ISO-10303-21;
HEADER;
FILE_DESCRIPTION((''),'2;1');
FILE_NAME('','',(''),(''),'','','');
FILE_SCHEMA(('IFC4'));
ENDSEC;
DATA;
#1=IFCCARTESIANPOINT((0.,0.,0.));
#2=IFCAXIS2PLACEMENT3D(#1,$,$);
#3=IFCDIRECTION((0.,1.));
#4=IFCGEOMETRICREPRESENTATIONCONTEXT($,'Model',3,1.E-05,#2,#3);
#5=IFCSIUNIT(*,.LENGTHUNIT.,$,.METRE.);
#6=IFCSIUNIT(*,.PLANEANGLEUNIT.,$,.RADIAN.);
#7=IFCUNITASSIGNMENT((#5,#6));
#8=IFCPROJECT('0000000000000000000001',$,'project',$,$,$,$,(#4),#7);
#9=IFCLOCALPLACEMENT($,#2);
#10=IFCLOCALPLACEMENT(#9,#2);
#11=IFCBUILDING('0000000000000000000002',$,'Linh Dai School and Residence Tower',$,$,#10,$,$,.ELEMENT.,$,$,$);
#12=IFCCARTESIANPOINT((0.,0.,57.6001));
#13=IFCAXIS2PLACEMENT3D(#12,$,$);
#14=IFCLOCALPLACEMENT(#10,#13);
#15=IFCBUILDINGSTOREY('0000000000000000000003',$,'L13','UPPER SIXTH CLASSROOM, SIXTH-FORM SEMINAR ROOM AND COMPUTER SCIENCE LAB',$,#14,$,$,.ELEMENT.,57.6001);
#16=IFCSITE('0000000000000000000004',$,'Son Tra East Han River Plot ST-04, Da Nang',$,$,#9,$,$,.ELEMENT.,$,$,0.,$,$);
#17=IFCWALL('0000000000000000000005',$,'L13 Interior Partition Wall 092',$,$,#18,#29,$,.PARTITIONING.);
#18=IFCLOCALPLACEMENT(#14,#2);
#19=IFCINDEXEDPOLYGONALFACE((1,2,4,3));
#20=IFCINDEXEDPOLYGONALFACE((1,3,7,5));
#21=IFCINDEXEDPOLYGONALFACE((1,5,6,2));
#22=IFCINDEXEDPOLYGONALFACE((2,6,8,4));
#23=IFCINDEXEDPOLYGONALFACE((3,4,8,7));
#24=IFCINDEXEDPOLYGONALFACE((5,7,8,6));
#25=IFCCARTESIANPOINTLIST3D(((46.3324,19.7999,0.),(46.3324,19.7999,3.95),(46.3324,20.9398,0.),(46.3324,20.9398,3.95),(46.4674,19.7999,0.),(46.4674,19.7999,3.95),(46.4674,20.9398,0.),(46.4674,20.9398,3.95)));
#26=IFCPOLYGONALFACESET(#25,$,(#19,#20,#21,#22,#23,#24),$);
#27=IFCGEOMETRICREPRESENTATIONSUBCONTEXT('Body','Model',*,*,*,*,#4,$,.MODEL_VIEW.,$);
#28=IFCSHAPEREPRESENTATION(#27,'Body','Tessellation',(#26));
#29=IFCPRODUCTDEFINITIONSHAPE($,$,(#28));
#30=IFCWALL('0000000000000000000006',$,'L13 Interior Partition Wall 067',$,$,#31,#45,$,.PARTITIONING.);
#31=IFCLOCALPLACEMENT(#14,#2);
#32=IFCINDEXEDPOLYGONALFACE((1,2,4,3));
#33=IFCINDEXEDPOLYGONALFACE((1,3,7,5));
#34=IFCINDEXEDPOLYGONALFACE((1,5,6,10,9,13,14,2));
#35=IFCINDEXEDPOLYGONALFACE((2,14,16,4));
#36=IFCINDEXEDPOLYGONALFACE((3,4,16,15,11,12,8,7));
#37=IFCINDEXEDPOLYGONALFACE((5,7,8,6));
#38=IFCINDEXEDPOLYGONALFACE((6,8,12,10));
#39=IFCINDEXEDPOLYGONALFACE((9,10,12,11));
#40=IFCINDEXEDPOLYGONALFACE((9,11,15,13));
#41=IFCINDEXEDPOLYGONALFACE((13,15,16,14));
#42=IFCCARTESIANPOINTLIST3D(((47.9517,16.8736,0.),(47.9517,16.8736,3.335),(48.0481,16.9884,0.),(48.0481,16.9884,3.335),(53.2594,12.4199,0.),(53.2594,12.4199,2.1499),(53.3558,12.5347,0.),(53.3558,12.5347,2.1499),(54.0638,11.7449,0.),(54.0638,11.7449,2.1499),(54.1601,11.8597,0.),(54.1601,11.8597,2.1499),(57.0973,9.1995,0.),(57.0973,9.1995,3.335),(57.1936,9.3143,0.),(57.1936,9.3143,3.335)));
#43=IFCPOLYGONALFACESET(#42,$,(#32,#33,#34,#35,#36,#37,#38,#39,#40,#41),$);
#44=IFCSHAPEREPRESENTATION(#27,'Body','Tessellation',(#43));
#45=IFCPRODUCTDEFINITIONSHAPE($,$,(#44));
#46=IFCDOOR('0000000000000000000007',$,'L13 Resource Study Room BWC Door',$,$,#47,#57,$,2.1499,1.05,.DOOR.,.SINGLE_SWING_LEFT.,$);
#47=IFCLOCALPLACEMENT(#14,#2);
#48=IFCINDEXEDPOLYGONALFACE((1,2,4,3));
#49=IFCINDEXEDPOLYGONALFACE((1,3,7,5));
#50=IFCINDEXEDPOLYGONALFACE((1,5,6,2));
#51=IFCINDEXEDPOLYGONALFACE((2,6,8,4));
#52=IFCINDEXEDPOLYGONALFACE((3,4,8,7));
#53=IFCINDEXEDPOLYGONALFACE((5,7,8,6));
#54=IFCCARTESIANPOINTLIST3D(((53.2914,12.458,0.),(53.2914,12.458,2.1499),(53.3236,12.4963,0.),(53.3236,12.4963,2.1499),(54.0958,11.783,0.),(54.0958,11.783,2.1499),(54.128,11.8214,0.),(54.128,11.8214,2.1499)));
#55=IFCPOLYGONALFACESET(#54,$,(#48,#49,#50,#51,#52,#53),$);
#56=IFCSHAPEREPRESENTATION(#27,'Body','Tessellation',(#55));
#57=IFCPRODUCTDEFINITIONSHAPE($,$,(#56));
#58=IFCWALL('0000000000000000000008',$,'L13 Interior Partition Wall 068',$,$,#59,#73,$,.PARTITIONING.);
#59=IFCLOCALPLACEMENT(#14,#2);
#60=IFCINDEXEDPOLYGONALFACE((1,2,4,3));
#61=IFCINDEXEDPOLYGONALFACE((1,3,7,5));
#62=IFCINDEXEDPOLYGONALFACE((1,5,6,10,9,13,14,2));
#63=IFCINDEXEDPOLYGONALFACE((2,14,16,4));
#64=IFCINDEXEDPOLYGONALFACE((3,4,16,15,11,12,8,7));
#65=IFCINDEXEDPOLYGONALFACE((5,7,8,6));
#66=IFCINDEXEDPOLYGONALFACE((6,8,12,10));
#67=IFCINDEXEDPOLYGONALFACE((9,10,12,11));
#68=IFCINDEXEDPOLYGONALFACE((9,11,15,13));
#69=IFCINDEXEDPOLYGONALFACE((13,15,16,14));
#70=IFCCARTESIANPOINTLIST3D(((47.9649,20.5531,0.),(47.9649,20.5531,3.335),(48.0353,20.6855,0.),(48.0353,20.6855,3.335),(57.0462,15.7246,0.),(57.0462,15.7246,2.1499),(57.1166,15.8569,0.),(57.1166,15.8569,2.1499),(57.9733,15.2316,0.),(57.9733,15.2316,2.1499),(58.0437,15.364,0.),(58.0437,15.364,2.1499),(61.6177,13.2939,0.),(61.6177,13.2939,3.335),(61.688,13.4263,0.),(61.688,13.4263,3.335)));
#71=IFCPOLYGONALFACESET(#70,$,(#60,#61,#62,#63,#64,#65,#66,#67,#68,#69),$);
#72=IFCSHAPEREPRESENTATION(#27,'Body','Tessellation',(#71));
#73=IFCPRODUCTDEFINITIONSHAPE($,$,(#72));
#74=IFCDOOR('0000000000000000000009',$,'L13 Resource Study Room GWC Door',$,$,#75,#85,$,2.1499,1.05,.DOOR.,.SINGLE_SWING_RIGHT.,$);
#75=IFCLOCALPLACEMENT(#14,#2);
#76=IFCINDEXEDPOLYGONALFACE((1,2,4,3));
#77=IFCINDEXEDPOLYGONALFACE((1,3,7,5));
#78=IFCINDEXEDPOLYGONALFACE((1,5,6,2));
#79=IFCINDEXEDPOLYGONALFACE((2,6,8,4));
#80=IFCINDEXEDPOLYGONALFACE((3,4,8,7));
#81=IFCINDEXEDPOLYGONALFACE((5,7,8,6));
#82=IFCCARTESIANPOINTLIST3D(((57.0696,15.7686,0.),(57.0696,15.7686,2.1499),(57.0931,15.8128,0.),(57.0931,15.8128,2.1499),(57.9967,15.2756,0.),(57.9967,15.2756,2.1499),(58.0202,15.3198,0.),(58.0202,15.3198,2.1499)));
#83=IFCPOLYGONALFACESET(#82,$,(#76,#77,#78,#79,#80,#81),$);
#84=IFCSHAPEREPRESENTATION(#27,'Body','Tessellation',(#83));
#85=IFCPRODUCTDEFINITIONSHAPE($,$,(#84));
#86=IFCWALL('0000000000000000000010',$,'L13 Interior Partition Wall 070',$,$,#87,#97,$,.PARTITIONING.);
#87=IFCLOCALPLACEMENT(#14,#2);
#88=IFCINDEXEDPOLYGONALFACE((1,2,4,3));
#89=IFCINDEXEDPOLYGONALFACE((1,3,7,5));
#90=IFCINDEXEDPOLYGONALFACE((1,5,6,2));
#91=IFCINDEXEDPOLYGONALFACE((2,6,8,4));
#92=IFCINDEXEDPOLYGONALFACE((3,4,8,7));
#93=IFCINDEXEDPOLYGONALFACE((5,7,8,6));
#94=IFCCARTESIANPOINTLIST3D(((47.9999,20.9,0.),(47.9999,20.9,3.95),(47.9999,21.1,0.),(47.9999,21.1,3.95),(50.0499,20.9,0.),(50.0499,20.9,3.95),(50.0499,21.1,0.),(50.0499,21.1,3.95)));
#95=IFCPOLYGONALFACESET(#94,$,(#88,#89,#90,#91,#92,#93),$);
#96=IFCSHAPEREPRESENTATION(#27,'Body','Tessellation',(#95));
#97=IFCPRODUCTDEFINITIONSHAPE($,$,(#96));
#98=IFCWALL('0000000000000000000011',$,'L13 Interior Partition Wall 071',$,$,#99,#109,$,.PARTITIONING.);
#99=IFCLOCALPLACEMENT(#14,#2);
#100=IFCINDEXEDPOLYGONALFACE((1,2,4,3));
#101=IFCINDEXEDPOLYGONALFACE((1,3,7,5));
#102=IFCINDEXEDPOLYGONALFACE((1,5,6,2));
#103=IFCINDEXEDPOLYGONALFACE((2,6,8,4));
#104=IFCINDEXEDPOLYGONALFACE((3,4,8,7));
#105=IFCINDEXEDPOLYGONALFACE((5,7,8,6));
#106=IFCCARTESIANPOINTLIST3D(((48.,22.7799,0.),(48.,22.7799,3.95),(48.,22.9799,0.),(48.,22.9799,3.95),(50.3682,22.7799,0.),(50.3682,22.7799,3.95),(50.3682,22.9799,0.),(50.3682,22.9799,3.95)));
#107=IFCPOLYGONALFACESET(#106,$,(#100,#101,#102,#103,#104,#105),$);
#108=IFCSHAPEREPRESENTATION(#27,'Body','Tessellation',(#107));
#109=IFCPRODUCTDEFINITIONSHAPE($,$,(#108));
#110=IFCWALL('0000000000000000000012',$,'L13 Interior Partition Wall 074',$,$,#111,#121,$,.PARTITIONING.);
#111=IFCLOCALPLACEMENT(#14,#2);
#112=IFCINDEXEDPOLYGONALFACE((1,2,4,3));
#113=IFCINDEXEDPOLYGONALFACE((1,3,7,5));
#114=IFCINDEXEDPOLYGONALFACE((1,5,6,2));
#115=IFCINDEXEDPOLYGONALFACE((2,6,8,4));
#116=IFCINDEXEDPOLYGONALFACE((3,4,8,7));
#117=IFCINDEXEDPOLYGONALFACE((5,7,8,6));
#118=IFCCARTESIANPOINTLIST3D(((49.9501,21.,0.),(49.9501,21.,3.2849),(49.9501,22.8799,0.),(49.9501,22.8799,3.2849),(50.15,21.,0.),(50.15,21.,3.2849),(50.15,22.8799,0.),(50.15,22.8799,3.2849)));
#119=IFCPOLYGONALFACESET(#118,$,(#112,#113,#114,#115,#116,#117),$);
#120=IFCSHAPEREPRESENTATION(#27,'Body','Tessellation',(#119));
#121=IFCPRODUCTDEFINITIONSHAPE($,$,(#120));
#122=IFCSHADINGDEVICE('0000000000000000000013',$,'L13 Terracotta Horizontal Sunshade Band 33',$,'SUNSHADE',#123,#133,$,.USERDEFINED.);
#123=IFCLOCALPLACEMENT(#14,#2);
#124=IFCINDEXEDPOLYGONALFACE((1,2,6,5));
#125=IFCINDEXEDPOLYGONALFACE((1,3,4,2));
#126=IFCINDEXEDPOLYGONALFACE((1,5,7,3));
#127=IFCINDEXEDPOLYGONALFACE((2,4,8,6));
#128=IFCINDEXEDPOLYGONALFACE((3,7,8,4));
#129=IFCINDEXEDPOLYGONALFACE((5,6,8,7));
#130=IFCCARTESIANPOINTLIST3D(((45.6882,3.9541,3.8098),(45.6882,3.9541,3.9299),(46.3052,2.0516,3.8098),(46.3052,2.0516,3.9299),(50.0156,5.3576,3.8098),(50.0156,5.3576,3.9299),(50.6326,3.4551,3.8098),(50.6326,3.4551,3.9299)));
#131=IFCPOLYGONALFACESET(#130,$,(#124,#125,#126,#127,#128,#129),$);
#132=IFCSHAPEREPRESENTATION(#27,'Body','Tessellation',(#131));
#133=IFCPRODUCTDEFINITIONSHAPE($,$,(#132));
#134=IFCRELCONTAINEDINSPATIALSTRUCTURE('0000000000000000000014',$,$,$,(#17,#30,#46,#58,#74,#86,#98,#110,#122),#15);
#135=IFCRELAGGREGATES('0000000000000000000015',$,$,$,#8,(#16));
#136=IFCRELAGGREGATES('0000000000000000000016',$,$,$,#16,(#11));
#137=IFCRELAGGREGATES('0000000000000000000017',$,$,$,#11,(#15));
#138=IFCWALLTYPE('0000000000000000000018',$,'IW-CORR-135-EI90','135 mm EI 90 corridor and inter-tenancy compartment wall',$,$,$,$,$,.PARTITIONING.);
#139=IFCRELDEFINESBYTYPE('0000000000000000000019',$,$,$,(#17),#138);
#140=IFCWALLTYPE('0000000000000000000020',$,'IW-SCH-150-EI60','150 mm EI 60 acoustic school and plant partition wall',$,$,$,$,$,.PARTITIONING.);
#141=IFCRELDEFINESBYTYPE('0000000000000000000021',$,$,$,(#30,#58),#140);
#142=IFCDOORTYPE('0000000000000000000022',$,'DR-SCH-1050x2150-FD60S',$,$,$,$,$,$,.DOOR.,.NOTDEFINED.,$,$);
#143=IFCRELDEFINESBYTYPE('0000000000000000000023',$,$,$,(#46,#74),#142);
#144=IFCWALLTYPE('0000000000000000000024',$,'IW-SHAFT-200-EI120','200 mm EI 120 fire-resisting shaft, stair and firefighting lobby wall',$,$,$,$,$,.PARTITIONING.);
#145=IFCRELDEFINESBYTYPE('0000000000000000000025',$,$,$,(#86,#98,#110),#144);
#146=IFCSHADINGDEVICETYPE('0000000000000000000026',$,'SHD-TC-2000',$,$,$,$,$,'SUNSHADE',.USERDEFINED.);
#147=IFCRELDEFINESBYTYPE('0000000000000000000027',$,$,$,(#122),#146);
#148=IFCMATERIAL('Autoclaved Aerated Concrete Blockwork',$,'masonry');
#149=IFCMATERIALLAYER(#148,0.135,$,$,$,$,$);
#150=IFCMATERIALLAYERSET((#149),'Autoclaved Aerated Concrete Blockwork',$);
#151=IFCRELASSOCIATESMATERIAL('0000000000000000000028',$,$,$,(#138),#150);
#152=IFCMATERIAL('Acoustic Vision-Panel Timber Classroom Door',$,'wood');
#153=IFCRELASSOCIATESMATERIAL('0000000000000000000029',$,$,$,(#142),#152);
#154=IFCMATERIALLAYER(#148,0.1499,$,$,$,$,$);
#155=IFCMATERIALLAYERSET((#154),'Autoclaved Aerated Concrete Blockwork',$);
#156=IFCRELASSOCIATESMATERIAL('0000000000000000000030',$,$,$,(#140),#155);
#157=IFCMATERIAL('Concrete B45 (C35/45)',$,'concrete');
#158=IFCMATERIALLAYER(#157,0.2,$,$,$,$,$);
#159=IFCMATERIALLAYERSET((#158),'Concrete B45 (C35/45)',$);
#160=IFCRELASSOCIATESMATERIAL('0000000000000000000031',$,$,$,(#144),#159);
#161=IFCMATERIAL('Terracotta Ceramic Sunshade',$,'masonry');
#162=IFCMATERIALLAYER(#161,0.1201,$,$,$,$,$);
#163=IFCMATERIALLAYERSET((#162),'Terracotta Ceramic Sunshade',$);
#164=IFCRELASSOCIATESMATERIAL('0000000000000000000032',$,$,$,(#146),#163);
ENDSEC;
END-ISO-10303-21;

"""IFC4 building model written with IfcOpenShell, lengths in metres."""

from ifc_helpers import new_model, si_unit, direction, frame, frame_2d, origin, origin_2d, place, context, subcontext, project, spatial, rectangle, extrude, source, transform, mapped, material, layer, layer_set, type_object, element, fill, save


model = new_model("IFC4")

# Units and contexts
model_context = context("Model", 3, precision=1e-05, world=origin(), true_north=direction((0.0, 1.0)))
body_context = subcontext(model_context, "Body", "Model", "MODEL_VIEW")
ifc_project = project(units=[si_unit("LENGTHUNIT", "METRE"), si_unit("PLANEANGLEUNIT", "RADIAN")], contexts=[model_context])

# Site, building, storey
site_placement = place(None, origin())
site = spatial("IfcSite", under=ifc_project, at=site_placement, Name="Son Tra East Han River Plot ST-04, Da Nang", CompositionType="ELEMENT", RefElevation=0.0)
building_placement = place(site_placement, origin())
building = spatial("IfcBuilding", under=site, at=building_placement, Name="Linh Dai School and Residence Tower", CompositionType="ELEMENT")
storey_placement = place(building_placement, frame((0.0, 0.0, 57.6001)))
storey = spatial("IfcBuildingStorey", under=building, at=storey_placement, Name="L13", Description="UPPER SIXTH CLASSROOM, SIXTH-FORM SEMINAR ROOM AND COMPUTER SCIENCE LAB", CompositionType="ELEMENT", Elevation=57.6001)

# Shared definitions
ifc_material_1 = material(Name="Autoclaved Aerated Concrete Blockwork", Category="masonry")
ifc_layer_1 = layer(ifc_material_1, 0.135)
ifc_layer_set_1 = layer_set([ifc_layer_1], Name="Autoclaved Aerated Concrete Blockwork")
wall_type_1 = type_object("IfcWallType", Name="IW-CORR-135-EI90", Description="135 mm EI 90 corridor and inter-tenancy compartment wall", PredefinedType="PARTITIONING", material=ifc_layer_set_1)
ifc_material_2 = material(Name="Acoustic Vision-Panel Timber Classroom Door", Category="wood")
door_type_1 = type_object("IfcDoorType", Name="DR-SCH-1050x2150-FD60S", OperationType="NOTDEFINED", PredefinedType="DOOR", material=ifc_material_2)
shared_shape_1 = source(origin(), body_context, "Body", "SweptSolid", [
    extrude(rectangle(XDim=1.05, YDim=2.1499, at=origin_2d()), frame((0.5249, 0.0249, 1.075), z_axis=(0.0, -1.0, 0.0), x_axis=(1.0, 0.0, 0.0)), (0.0, 0.0, 1.0), 0.05),
])

# Wall
wall_1_placement = place(storey_placement, frame((46.3999, 19.8, 0.0), z_axis=(0.0, 0.0, 1.0), x_axis=(0.0, 1.0, 0.0)))
element("IfcWall", 1, at=wall_1_placement, inside=storey, type_object=wall_type_1, Name="L13 Interior Partition Wall 092", PredefinedType="PARTITIONING", context=body_context, shape_type="SweptSolid", body=[
    extrude(rectangle(XDim=1.1399, YDim=0.135, at=frame_2d((0.5698, 0.0))), origin(), (0.0, 0.0, 1.0), 3.95),
])

# Walls, openings, doors
ifc_layer_2 = layer(ifc_material_1, 0.1499)
ifc_layer_set_2 = layer_set([ifc_layer_2], Name="Autoclaved Aerated Concrete Blockwork")
wall_type_2 = type_object("IfcWallType", Name="IW-SCH-150-EI60", Description="150 mm EI 60 acoustic school and plant partition wall", PredefinedType="PARTITIONING", material=ifc_layer_set_2)
wall_2_placement = place(storey_placement, frame((48.0, 16.9309, 0.0), z_axis=(0.0, 0.0, 1.0), x_axis=(0.766041, -0.642792, 0.0)))
wall_2 = element("IfcWall", 2, at=wall_2_placement, inside=storey, type_object=wall_type_2, Name="L13 Interior Partition Wall 067", PredefinedType="PARTITIONING", context=body_context, shape_type="SweptSolid", body=[
    extrude(rectangle(XDim=11.9387, YDim=0.1499, at=frame_2d((5.9692, 0.0))), origin(), (0.0, 0.0, 1.0), 3.335),
])
opening_1_placement = place(wall_2_placement, frame((6.9287, 0.0, 0.0)))
opening_1 = element("IfcOpeningElement", 3, at=opening_1_placement, cuts=wall_2, PredefinedType="OPENING", context=body_context, shape_type="SweptSolid", body=[
    extrude(rectangle(XDim=1.05, YDim=2.1499, at=origin_2d()), frame((0.5249, 0.085, 1.075), z_axis=(0.0, -1.0, 0.0), x_axis=(1.0, 0.0, 0.0)), (0.0, 0.0, 1.0), 0.1699),
])
door_1_placement = place(opening_1_placement, origin())
door_1 = element("IfcDoor", 4, at=door_1_placement, inside=storey, type_object=door_type_1, Name="L13 Resource Study Room BWC Door", OperationType="SINGLE_SWING_LEFT", OverallHeight=2.1499, OverallWidth=1.05, PredefinedType="DOOR", context=body_context, shape_type="MappedRepresentation", body=[
    mapped(shared_shape_1, transform((0.0, 0.0, 0.0), x_axis=(1.0, 0.0, 0.0), y_axis=(0.0, 1.0, 0.0), z_axis=(0.0, 0.0, 1.0), scale=1.0)),
])
fill(opening_1, door_1)
wall_3_placement = place(storey_placement, frame((48.0, 20.6194, 0.0), z_axis=(0.0, 0.0, 1.0), x_axis=(0.882949, -0.469468, 0.0)))
wall_3 = element("IfcWall", 5, at=wall_3_placement, inside=storey, type_object=wall_type_2, Name="L13 Interior Partition Wall 068", PredefinedType="PARTITIONING", context=body_context, shape_type="SweptSolid", body=[
    extrude(rectangle(XDim=15.4626, YDim=0.1499, at=frame_2d((7.7314, 0.0))), origin(), (0.0, 0.0, 1.0), 3.335),
])
opening_2_placement = place(wall_3_placement, frame((10.2854, 0.0, 0.0)))
opening_2 = element("IfcOpeningElement", 6, at=opening_2_placement, cuts=wall_3, PredefinedType="OPENING", context=body_context, shape_type="SweptSolid", body=[
    extrude(rectangle(XDim=1.05, YDim=2.1499, at=origin_2d()), frame((0.5249, 0.085, 1.075), z_axis=(0.0, -1.0, 0.0), x_axis=(1.0, 0.0, 0.0)), (0.0, 0.0, 1.0), 0.1699),
])
door_2_placement = place(opening_2_placement, origin())
door_2 = element("IfcDoor", 7, at=door_2_placement, inside=storey, type_object=door_type_1, Name="L13 Resource Study Room GWC Door", OperationType="SINGLE_SWING_RIGHT", OverallHeight=2.1499, OverallWidth=1.05, PredefinedType="DOOR", context=body_context, shape_type="MappedRepresentation", body=[
    mapped(shared_shape_1, transform((0.0, 0.0, 0.0), x_axis=(1.0, 0.0, 0.0), y_axis=(0.0, 1.0, 0.0), z_axis=(0.0, 0.0, 1.0), scale=1.0)),
])
fill(opening_2, door_2)

# Shared definitions
ifc_material_3 = material(Name="Concrete B45 (C35/45)", Category="concrete")
ifc_layer_3 = layer(ifc_material_3, 0.2)
ifc_layer_set_3 = layer_set([ifc_layer_3], Name="Concrete B45 (C35/45)")
wall_type_3 = type_object("IfcWallType", Name="IW-SHAFT-200-EI120", Description="200 mm EI 120 fire-resisting shaft, stair and firefighting lobby wall", PredefinedType="PARTITIONING", material=ifc_layer_set_3)

# Walls
wall_4_placement = place(storey_placement, frame((48.0, 21.0, 0.0), z_axis=(0.0, 0.0, 1.0), x_axis=(1.0, 0.0, 0.0)))
element("IfcWall", 8, at=wall_4_placement, inside=storey, type_object=wall_type_3, Name="L13 Interior Partition Wall 070", PredefinedType="PARTITIONING", context=body_context, shape_type="SweptSolid", body=[
    extrude(rectangle(XDim=2.05, YDim=0.2, at=frame_2d((1.0249, 0.0))), origin(), (0.0, 0.0, 1.0), 3.95),
])
wall_5_placement = place(storey_placement, frame((48.0, 22.8799, 0.0), z_axis=(0.0, 0.0, 1.0), x_axis=(1.0, 0.0, 0.0)))
element("IfcWall", 9, at=wall_5_placement, inside=storey, type_object=wall_type_3, Name="L13 Interior Partition Wall 071", PredefinedType="PARTITIONING", context=body_context, shape_type="SweptSolid", body=[
    extrude(rectangle(XDim=2.3682, YDim=0.2, at=frame_2d((1.1841, 0.0))), origin(), (0.0, 0.0, 1.0), 3.95),
])
wall_6_placement = place(storey_placement, frame((50.05, 21.0, 0.0), z_axis=(0.0, 0.0, 1.0), x_axis=(0.0, 1.0, 0.0)))
element("IfcWall", 10, at=wall_6_placement, inside=storey, type_object=wall_type_3, Name="L13 Interior Partition Wall 074", PredefinedType="PARTITIONING", context=body_context, shape_type="SweptSolid", body=[
    extrude(rectangle(XDim=1.8799, YDim=0.2, at=frame_2d((0.9399, 0.0))), origin(), (0.0, 0.0, 1.0), 3.2849),
])

# Shading device
ifc_material_4 = material(Name="Terracotta Ceramic Sunshade", Category="masonry")
ifc_layer_4 = layer(ifc_material_4, 0.1201)
ifc_layer_set_4 = layer_set([ifc_layer_4], Name="Terracotta Ceramic Sunshade")
shading_device_type = type_object("IfcShadingDeviceType", Name="SHD-TC-2000", ElementType="SUNSHADE", PredefinedType="USERDEFINED", material=ifc_layer_set_4)
shared_shape_2 = source(origin(), body_context, "Body", "SweptSolid", [
    extrude(rectangle(XDim=4.5493, YDim=2.0, at=origin_2d()), origin(), (0.0, 0.0, 1.0), 0.1201),
])
shading_device_placement = place(storey_placement, frame((48.1604, 3.7046, 3.8098), z_axis=(0.0, 0.0, 1.0), x_axis=(-0.951221, -0.308511, 0.0)))
element("IfcShadingDevice", 11, at=shading_device_placement, inside=storey, type_object=shading_device_type, Name="L13 Terracotta Horizontal Sunshade Band 33", ObjectType="SUNSHADE", PredefinedType="USERDEFINED", context=body_context, shape_type="MappedRepresentation", body=[
    mapped(shared_shape_2, transform((0.0, 0.0, 0.0), x_axis=(1.0, 0.0, 0.0), y_axis=(0.0, 1.0, 0.0), z_axis=(0.0, 0.0, 1.0), scale=1.0)),
])

save(model, "model.ifc")
